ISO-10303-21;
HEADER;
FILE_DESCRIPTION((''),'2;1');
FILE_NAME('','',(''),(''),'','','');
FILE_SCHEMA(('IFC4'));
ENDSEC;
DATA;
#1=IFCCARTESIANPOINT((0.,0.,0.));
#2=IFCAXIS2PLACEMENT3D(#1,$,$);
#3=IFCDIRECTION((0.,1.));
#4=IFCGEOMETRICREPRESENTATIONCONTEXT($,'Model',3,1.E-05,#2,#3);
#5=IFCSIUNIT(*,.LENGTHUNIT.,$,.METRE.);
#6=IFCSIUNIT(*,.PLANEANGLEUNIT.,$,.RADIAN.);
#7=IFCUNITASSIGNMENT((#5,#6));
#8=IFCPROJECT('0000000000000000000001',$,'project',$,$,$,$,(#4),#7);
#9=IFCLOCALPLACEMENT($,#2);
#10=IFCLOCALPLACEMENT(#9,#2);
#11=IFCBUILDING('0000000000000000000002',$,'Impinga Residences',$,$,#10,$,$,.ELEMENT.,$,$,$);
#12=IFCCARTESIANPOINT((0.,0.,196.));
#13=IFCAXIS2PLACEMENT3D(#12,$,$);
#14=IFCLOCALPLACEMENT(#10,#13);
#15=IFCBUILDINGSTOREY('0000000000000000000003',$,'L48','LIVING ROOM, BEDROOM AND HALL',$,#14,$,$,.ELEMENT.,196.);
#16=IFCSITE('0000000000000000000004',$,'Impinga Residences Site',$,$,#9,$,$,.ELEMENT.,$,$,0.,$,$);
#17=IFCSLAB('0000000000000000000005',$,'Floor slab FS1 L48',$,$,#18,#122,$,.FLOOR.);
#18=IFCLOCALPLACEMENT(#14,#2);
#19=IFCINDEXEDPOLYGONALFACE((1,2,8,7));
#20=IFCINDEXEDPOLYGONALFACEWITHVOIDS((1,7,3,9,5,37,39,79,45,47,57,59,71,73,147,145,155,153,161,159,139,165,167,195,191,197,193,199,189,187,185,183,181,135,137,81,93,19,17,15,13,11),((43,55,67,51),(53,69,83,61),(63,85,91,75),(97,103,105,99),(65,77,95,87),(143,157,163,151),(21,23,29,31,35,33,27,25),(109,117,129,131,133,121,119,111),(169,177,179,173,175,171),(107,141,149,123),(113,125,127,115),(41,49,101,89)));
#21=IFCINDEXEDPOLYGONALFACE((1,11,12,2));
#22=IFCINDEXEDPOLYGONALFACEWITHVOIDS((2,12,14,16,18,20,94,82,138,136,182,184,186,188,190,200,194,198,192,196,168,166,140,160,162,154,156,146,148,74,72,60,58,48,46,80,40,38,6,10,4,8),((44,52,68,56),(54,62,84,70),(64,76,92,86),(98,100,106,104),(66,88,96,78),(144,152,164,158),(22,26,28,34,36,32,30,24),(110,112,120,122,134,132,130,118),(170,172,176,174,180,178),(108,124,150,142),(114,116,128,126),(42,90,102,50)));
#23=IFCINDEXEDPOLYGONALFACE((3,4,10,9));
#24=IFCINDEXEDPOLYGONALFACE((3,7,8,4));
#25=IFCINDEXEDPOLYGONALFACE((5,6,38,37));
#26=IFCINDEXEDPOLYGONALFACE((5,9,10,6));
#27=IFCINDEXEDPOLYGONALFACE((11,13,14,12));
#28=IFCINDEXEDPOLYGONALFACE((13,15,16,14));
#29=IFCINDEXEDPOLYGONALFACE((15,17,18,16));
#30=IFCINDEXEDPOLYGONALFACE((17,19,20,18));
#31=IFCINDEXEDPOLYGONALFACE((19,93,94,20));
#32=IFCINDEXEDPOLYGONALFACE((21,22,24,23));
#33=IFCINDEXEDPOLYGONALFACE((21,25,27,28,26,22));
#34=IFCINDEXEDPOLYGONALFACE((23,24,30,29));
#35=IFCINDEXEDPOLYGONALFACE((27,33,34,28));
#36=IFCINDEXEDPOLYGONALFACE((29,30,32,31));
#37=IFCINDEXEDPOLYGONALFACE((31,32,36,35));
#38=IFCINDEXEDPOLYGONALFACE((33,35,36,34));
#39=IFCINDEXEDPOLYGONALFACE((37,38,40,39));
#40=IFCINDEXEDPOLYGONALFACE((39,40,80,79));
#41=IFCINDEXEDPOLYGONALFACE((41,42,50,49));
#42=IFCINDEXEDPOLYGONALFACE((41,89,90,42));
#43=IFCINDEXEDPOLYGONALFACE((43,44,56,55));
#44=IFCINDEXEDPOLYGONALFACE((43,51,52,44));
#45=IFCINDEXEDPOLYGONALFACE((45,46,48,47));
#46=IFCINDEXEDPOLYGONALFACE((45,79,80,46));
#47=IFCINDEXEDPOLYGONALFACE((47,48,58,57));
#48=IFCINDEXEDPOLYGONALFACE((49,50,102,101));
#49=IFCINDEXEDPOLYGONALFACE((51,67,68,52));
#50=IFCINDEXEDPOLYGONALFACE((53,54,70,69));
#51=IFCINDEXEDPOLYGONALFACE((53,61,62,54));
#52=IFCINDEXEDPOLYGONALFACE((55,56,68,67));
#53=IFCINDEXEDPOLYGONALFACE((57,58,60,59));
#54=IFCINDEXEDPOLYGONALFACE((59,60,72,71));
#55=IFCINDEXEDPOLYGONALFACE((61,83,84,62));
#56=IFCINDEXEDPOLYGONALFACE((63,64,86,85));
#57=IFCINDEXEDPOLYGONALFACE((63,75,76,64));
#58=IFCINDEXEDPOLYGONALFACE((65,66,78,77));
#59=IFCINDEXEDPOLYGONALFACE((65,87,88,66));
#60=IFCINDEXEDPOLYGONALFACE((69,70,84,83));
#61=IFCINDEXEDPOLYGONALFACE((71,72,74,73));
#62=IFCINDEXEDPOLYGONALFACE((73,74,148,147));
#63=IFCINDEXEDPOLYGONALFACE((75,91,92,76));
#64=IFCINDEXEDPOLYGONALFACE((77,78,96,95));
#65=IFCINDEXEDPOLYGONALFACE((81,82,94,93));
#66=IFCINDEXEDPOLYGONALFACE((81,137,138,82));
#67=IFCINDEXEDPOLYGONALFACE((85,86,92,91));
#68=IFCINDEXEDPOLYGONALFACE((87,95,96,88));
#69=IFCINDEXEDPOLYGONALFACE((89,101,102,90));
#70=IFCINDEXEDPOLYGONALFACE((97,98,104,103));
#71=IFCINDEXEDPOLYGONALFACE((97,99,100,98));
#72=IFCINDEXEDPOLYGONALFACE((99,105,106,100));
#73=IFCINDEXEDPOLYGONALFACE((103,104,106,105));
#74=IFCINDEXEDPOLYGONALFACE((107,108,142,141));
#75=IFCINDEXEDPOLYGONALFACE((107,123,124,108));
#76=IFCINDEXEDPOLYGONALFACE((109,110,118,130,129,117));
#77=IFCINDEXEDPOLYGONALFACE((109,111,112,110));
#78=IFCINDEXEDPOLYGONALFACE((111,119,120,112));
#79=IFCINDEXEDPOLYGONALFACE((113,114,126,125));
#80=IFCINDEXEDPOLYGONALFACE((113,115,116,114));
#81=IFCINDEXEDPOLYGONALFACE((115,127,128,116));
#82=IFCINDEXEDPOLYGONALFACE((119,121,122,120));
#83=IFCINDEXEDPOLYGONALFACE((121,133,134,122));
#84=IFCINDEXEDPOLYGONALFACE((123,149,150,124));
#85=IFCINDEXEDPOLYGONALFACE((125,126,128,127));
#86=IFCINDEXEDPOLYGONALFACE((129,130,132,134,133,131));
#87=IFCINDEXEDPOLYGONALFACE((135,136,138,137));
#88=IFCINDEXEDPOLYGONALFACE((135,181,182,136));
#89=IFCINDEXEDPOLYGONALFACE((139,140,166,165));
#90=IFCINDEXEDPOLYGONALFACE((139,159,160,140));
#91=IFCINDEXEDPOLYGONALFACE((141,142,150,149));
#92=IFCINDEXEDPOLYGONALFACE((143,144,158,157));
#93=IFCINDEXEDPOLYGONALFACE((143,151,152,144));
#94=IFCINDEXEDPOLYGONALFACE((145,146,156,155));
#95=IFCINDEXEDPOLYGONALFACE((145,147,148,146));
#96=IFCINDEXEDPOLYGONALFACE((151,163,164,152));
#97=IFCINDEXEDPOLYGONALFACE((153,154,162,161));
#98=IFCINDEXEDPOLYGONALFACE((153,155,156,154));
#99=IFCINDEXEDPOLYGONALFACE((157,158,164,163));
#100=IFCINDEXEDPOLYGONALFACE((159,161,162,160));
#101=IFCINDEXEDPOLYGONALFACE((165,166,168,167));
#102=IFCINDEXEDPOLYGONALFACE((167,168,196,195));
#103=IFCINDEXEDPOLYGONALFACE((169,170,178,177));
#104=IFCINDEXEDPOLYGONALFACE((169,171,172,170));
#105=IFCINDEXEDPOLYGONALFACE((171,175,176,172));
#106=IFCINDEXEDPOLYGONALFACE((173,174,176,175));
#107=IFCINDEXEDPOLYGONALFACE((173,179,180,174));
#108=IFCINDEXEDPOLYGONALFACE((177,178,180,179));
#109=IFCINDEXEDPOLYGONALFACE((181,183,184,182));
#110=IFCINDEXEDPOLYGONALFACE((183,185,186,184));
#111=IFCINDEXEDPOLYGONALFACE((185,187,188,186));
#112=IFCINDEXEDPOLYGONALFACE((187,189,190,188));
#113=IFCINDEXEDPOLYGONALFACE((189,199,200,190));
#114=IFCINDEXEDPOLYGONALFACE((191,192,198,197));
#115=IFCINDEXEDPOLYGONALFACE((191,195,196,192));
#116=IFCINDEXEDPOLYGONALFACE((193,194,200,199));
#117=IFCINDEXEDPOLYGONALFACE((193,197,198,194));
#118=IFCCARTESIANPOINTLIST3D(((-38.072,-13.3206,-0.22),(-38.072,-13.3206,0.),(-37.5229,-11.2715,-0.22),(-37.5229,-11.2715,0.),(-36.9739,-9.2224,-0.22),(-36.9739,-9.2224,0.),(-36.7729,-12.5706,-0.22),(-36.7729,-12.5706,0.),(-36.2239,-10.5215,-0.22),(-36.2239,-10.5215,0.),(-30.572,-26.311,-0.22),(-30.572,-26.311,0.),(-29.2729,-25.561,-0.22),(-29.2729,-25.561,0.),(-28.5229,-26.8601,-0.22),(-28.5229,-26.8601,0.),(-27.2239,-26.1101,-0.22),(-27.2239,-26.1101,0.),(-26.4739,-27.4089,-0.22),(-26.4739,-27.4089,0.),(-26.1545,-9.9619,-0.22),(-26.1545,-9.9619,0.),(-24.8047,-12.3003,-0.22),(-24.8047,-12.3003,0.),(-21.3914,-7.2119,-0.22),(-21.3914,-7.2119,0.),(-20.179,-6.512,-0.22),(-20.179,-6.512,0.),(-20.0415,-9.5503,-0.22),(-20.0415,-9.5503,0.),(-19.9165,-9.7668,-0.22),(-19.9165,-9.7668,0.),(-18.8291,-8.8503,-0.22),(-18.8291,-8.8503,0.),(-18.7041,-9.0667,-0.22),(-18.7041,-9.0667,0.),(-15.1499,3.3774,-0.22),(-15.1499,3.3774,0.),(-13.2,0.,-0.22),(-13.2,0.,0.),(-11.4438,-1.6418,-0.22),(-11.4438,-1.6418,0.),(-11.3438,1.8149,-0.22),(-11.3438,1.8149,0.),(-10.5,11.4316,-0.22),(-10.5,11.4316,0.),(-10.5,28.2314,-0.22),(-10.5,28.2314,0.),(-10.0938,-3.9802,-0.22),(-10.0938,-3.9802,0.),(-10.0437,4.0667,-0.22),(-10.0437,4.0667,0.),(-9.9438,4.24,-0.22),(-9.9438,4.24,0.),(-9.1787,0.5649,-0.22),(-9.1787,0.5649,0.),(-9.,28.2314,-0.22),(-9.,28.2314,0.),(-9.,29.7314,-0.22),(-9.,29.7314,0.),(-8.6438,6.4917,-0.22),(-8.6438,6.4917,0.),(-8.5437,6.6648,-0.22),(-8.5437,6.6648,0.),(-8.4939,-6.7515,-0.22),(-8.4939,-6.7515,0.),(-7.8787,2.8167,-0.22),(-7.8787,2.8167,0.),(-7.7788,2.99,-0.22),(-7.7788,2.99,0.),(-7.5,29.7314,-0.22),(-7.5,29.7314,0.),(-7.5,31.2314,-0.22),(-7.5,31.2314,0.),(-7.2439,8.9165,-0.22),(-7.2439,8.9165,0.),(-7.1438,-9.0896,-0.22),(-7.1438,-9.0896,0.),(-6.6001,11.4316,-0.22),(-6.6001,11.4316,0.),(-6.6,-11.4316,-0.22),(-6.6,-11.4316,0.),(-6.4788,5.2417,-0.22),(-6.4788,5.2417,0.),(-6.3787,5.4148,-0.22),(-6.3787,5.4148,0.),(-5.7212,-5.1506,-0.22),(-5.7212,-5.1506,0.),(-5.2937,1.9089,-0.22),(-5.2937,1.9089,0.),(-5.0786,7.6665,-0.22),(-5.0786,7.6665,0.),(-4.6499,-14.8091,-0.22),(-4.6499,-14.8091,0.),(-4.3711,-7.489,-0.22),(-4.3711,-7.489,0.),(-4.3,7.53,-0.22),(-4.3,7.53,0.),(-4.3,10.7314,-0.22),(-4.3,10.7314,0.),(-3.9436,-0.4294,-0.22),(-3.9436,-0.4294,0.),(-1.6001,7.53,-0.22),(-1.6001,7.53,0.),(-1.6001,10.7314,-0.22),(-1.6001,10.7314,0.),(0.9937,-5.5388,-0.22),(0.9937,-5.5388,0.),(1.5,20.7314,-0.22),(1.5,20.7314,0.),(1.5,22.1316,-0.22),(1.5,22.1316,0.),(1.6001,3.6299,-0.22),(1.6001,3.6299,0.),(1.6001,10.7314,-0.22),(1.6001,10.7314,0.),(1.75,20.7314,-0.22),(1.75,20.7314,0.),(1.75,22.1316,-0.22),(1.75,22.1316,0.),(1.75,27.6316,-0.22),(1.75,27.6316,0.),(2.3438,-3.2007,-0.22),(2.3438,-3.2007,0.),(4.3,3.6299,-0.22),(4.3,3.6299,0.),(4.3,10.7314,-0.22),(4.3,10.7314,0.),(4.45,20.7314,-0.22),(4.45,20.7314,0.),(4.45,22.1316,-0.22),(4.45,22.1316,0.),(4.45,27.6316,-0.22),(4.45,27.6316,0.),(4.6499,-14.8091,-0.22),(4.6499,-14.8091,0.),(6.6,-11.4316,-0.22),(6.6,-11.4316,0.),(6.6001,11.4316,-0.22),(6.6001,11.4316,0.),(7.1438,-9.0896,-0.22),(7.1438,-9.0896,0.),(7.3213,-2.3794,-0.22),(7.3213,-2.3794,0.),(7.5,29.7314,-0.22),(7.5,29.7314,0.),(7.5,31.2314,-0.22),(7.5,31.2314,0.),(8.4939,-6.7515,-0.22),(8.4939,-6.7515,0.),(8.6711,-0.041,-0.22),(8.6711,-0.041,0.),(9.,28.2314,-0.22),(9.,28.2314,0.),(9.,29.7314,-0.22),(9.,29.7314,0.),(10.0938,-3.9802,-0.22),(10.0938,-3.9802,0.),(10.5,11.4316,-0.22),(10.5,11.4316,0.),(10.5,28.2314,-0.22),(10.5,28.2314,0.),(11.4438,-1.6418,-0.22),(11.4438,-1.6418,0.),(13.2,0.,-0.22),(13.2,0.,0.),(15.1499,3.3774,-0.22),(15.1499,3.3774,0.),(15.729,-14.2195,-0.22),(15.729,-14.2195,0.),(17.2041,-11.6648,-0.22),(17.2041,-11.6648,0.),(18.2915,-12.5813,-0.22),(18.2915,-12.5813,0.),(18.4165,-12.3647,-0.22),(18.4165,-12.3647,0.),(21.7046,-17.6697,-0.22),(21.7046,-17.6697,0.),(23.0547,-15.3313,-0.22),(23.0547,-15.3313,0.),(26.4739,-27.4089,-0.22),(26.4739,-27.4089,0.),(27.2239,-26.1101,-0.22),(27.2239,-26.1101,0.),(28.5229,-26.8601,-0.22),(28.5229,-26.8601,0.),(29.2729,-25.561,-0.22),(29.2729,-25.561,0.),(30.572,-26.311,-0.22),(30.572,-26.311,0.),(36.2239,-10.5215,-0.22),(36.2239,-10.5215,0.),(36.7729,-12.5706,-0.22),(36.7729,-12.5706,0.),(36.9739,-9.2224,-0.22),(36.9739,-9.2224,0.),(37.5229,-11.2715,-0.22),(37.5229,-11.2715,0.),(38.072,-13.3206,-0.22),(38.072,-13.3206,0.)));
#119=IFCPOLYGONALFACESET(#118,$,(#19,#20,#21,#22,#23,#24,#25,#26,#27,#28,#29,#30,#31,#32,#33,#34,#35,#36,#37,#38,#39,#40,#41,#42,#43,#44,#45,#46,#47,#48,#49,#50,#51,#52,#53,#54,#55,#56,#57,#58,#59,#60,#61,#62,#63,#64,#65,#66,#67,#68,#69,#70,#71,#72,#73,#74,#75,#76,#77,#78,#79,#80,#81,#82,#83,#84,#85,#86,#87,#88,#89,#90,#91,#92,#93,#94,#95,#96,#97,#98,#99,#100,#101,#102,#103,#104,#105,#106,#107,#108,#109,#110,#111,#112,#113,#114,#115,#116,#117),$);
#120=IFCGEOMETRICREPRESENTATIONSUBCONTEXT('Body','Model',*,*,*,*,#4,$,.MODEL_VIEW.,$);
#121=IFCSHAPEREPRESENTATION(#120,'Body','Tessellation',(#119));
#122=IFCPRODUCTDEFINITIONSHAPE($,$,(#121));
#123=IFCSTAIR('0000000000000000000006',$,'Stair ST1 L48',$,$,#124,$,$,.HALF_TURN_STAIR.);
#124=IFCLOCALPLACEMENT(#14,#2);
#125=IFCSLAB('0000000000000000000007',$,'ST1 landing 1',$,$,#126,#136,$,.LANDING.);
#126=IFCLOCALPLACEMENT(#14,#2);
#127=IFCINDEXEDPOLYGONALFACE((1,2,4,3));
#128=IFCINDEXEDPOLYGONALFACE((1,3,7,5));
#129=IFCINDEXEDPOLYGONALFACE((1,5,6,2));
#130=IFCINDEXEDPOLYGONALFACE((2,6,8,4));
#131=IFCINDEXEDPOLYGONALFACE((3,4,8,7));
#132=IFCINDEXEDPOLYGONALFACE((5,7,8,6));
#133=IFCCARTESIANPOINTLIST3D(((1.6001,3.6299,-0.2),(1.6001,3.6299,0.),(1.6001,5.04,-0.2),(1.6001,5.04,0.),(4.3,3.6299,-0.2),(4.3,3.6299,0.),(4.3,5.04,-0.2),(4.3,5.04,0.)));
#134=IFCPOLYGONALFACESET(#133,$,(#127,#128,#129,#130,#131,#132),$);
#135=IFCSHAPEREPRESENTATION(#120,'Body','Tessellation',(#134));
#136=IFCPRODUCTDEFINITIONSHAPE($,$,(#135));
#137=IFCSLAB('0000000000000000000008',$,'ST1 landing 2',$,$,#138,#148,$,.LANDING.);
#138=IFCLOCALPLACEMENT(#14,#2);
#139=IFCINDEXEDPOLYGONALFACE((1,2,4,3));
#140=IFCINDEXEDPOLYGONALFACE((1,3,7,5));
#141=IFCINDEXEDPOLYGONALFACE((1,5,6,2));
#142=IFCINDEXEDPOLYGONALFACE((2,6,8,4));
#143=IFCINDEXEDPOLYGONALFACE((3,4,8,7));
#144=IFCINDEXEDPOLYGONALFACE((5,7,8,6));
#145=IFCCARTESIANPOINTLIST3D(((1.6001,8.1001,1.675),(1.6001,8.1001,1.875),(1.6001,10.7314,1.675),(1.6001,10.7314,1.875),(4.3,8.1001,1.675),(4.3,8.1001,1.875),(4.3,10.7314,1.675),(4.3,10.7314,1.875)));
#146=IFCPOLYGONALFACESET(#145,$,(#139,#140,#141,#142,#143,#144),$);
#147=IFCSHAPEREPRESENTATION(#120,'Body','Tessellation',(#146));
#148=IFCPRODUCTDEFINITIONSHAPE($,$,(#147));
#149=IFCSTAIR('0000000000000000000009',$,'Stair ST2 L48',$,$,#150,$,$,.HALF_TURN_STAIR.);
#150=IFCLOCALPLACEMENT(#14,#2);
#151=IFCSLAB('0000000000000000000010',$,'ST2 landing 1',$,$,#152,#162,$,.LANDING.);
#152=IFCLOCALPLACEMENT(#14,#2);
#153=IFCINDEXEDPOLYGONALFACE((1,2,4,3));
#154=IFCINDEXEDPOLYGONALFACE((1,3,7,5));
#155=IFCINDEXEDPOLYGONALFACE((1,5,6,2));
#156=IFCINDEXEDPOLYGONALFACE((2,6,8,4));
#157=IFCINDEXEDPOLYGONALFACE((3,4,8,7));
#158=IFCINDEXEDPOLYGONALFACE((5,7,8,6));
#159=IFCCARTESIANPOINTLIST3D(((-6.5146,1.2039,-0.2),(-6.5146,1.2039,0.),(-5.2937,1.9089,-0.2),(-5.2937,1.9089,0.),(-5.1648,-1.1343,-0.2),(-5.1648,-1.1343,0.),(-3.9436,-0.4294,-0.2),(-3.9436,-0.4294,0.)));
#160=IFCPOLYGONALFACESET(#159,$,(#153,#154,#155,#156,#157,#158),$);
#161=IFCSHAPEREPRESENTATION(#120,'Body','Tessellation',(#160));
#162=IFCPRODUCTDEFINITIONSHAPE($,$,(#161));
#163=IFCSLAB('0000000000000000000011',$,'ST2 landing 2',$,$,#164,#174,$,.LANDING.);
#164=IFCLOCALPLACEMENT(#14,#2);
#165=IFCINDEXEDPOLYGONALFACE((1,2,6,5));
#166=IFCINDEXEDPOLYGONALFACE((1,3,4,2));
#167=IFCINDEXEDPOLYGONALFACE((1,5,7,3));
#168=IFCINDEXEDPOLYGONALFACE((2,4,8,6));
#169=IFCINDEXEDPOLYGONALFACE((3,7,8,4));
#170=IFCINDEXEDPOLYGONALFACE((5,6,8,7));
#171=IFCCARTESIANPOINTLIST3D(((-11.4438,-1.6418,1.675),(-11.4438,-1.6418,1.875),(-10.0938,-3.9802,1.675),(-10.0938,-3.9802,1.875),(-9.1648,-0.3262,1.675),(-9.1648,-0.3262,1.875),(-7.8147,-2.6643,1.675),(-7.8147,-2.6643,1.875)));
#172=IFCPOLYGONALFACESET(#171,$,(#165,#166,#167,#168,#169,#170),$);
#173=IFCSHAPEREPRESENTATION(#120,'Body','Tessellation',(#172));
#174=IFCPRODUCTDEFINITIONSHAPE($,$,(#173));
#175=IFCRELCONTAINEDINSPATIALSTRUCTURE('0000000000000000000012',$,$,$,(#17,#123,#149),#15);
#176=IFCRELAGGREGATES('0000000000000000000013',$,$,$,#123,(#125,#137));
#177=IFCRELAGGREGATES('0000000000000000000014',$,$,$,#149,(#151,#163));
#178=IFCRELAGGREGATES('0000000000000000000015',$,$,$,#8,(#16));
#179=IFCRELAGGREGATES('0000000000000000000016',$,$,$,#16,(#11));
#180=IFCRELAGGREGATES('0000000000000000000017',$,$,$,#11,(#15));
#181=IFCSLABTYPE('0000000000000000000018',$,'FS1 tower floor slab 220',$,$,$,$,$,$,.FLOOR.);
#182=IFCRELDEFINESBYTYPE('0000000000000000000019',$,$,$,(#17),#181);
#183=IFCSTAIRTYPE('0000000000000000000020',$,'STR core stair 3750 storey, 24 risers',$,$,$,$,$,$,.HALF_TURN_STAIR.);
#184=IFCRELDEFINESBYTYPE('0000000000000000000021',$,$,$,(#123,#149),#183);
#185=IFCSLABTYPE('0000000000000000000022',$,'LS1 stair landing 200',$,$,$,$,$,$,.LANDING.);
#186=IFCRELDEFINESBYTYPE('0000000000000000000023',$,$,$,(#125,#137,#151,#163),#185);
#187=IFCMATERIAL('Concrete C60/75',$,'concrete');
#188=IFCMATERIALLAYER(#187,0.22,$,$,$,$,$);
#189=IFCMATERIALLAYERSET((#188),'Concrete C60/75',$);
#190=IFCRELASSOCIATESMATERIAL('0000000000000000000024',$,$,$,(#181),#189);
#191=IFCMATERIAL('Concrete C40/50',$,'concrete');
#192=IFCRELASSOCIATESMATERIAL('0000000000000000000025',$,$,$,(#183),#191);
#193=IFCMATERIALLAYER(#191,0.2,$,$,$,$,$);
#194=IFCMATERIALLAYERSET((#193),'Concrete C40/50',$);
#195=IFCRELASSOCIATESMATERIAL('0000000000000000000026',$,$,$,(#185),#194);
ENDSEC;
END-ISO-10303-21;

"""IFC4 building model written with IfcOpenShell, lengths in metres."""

from ifc_helpers import new_model, si_unit, direction, frame, origin, place, context, subcontext, project, spatial, polyline, outline, extrude, material, layer, layer_set, type_object, element, aggregate, save


model = new_model("IFC4")

# Units and contexts
model_context = context("Model", 3, precision=1e-05, world=origin(), true_north=direction((0.0, 1.0)))
body_context = subcontext(model_context, "Body", "Model", "MODEL_VIEW")
ifc_project = project(units=[si_unit("LENGTHUNIT", "METRE"), si_unit("PLANEANGLEUNIT", "RADIAN")], contexts=[model_context])

# Site, building, storey
site_placement = place(None, origin())
site = spatial("IfcSite", under=ifc_project, at=site_placement, Name="Impinga Residences Site", CompositionType="ELEMENT", RefElevation=0.0)
building_placement = place(site_placement, origin())
building = spatial("IfcBuilding", under=site, at=building_placement, Name="Impinga Residences", CompositionType="ELEMENT")
storey_placement = place(building_placement, frame((0.0, 0.0, 196.0)))
storey = spatial("IfcBuildingStorey", under=building, at=storey_placement, Name="L48", Description="LIVING ROOM, BEDROOM AND HALL", CompositionType="ELEMENT", Elevation=196.0)

# Slab
ifc_material_1 = material(Name="Concrete C60/75", Category="concrete")
ifc_layer_1 = layer(ifc_material_1, 0.22)
ifc_layer_set_1 = layer_set([ifc_layer_1], Name="Concrete C60/75")
slab_type_1 = type_object("IfcSlabType", Name="FS1 tower floor slab 220", PredefinedType="FLOOR", material=ifc_layer_set_1)
slab_1_placement = place(storey_placement, frame((0.0, 0.0, -0.22)))
element("IfcSlab", 1, at=slab_1_placement, inside=storey, type_object=slab_type_1, Name="Floor slab FS1 L48", PredefinedType="FLOOR", context=body_context, shape_type="SweptSolid", body=[
    extrude(outline(polyline([(-27.2239, -26.1101), (-28.5229, -26.8601), (-29.2729, -25.561), (-30.572, -26.311), (-38.072, -13.3206), (-36.7729, -12.5706), (-37.5229, -11.2715), (-36.2239, -10.5215), (-36.9739, -9.2224), (-15.1499, 3.3774), (-13.2, 0.0), (-6.6001, 11.4316), (-10.5, 11.4316), (-10.5, 28.2314), (-9.0, 28.2314), (-9.0, 29.7314), (-7.5, 29.7314), (-7.5, 31.2314), (7.5, 31.2314), (7.5, 29.7314), (9.0, 29.7314), (9.0, 28.2314), (10.5, 28.2314), (10.5, 11.4316), (6.6001, 11.4316), (13.2, 0.0), (15.1499, 3.3774), (36.9739, -9.2224), (36.2239, -10.5215), (37.5229, -11.2715), (36.7729, -12.5706), (38.072, -13.3206), (30.572, -26.311), (29.2729, -25.561), (28.5229, -26.8601), (27.2239, -26.1101), (26.4739, -27.4089), (4.6499, -14.8091), (9.9001, -5.7158), (6.6001, -11.4316), (-6.6001, -11.4316), (-9.9001, -5.7158), (-4.6499, -14.8091), (-26.4739, -27.4089), (-27.2239, -26.1101)]), holes=[polyline([(-18.7041, -9.0667), (-18.8291, -8.8503), (-18.8291, -8.8503), (-20.179, -6.512), (-21.3914, -7.2119), (-21.3914, -7.2119), (-26.1545, -9.9619), (-24.8047, -12.3003), (-20.0415, -9.5503), (-19.9165, -9.7668), (-18.7041, -9.0667)]), polyline([(-5.7212, -5.1506), (-8.4939, -6.7515), (-7.1438, -9.0896), (-4.3711, -7.489), (-5.7212, -5.1506)]), polyline([(-5.2937, 1.9089), (-11.4438, -1.6418), (-10.0938, -3.9802), (-3.9436, -0.4294), (-5.2937, 1.9089)]), polyline([(-7.8787, 2.8167), (-10.0437, 4.0667), (-11.3438, 1.8149), (-9.1787, 0.5649), (-7.8787, 2.8167)]), polyline([(-6.4788, 5.2417), (-8.6438, 6.4917), (-9.9438, 4.24), (-7.7788, 2.99), (-6.4788, 5.2417)]), polyline([(-6.3787, 5.4148), (-5.0786, 7.6665), (-7.2439, 8.9165), (-8.5437, 6.6648), (-6.3787, 5.4148)]), polyline([(-4.3, 7.53), (-1.6001, 7.53), (-1.6001, 10.7314), (-4.3, 10.7314), (-4.3, 7.53)]), polyline([(15.729, -14.2195), (21.7046, -17.6697), (23.0547, -15.3313), (18.2915, -12.5813), (18.4165, -12.3647), (17.2041, -11.6648), (15.729, -14.2195)]), polyline([(0.9937, -5.5388), (7.1438, -9.0896), (8.4939, -6.7515), (2.3438, -3.2007), (0.9937, -5.5388)]), polyline([(7.3213, -2.3794), (10.0938, -3.9802), (11.4438, -1.6418), (8.6711, -0.041), (7.3213, -2.3794)]), polyline([(4.3, 3.6299), (4.3, 10.7314), (1.6001, 10.7314), (1.6001, 3.6299), (4.3, 3.6299)]), polyline([(1.75, 22.1316), (1.5, 22.1316), (1.5, 20.7314), (1.75, 20.7314), (4.45, 20.7314), (4.45, 22.1316), (4.45, 27.6316), (1.75, 27.6316), (1.75, 22.1316)])]), origin(), (0.0, 0.0, 1.0), 0.22),
])

# Stairs, slabs
ifc_material_2 = material(Name="Concrete C40/50", Category="concrete")
stair_type_1 = type_object("IfcStairType", Name="STR core stair 3750 storey, 24 risers", PredefinedType="HALF_TURN_STAIR", material=ifc_material_2)
stair_1_placement = place(storey_placement, origin())
stair_1 = element("IfcStair", 2, at=stair_1_placement, inside=storey, type_object=stair_type_1, Name="Stair ST1 L48", PredefinedType="HALF_TURN_STAIR")
ifc_layer_2 = layer(ifc_material_2, 0.2)
ifc_layer_set_2 = layer_set([ifc_layer_2], Name="Concrete C40/50")
slab_type_2 = type_object("IfcSlabType", Name="LS1 stair landing 200", PredefinedType="LANDING", material=ifc_layer_set_2)
slab_2_placement = place(storey_placement, frame((0.0, 0.0, -0.2)))
slab_2 = element("IfcSlab", 3, at=slab_2_placement, type_object=slab_type_2, Name="ST1 landing 1", PredefinedType="LANDING", context=body_context, shape_type="SweptSolid", body=[
    extrude(outline(polyline([(1.6001, 3.6299), (4.3, 3.6299), (4.3, 5.04), (1.6001, 5.04), (1.6001, 3.6299)])), origin(), (0.0, 0.0, 1.0), 0.2),
])
slab_3_placement = place(storey_placement, frame((0.0, 0.0, 1.675)))
slab_3 = element("IfcSlab", 4, at=slab_3_placement, type_object=slab_type_2, Name="ST1 landing 2", PredefinedType="LANDING", context=body_context, shape_type="SweptSolid", body=[
    extrude(outline(polyline([(1.6001, 8.1001), (4.3, 8.1001), (4.3, 10.7314), (1.6001, 10.7314), (1.6001, 8.1001)])), origin(), (0.0, 0.0, 1.0), 0.2),
])
aggregate(stair_1, [slab_2, slab_3])
stair_2_placement = place(storey_placement, origin())
stair_2 = element("IfcStair", 5, at=stair_2_placement, inside=storey, type_object=stair_type_1, Name="Stair ST2 L48", PredefinedType="HALF_TURN_STAIR")
slab_4_placement = place(storey_placement, frame((0.0, 0.0, -0.2)))
slab_4 = element("IfcSlab", 6, at=slab_4_placement, type_object=slab_type_2, Name="ST2 landing 1", PredefinedType="LANDING", context=body_context, shape_type="SweptSolid", body=[
    extrude(outline(polyline([(-3.9436, -0.4294), (-5.2937, 1.9089), (-6.5146, 1.2039), (-5.1648, -1.1343), (-3.9436, -0.4294)])), origin(), (0.0, 0.0, 1.0), 0.2),
])
slab_5_placement = place(storey_placement, frame((0.0, 0.0, 1.675)))
slab_5 = element("IfcSlab", 7, at=slab_5_placement, type_object=slab_type_2, Name="ST2 landing 2", PredefinedType="LANDING", context=body_context, shape_type="SweptSolid", body=[
    extrude(outline(polyline([(-7.8147, -2.6643), (-9.1648, -0.3262), (-11.4438, -1.6418), (-10.0938, -3.9802), (-7.8147, -2.6643)])), origin(), (0.0, 0.0, 1.0), 0.2),
])

aggregate(stair_2, [slab_4, slab_5])

save(model, "model.ifc")
